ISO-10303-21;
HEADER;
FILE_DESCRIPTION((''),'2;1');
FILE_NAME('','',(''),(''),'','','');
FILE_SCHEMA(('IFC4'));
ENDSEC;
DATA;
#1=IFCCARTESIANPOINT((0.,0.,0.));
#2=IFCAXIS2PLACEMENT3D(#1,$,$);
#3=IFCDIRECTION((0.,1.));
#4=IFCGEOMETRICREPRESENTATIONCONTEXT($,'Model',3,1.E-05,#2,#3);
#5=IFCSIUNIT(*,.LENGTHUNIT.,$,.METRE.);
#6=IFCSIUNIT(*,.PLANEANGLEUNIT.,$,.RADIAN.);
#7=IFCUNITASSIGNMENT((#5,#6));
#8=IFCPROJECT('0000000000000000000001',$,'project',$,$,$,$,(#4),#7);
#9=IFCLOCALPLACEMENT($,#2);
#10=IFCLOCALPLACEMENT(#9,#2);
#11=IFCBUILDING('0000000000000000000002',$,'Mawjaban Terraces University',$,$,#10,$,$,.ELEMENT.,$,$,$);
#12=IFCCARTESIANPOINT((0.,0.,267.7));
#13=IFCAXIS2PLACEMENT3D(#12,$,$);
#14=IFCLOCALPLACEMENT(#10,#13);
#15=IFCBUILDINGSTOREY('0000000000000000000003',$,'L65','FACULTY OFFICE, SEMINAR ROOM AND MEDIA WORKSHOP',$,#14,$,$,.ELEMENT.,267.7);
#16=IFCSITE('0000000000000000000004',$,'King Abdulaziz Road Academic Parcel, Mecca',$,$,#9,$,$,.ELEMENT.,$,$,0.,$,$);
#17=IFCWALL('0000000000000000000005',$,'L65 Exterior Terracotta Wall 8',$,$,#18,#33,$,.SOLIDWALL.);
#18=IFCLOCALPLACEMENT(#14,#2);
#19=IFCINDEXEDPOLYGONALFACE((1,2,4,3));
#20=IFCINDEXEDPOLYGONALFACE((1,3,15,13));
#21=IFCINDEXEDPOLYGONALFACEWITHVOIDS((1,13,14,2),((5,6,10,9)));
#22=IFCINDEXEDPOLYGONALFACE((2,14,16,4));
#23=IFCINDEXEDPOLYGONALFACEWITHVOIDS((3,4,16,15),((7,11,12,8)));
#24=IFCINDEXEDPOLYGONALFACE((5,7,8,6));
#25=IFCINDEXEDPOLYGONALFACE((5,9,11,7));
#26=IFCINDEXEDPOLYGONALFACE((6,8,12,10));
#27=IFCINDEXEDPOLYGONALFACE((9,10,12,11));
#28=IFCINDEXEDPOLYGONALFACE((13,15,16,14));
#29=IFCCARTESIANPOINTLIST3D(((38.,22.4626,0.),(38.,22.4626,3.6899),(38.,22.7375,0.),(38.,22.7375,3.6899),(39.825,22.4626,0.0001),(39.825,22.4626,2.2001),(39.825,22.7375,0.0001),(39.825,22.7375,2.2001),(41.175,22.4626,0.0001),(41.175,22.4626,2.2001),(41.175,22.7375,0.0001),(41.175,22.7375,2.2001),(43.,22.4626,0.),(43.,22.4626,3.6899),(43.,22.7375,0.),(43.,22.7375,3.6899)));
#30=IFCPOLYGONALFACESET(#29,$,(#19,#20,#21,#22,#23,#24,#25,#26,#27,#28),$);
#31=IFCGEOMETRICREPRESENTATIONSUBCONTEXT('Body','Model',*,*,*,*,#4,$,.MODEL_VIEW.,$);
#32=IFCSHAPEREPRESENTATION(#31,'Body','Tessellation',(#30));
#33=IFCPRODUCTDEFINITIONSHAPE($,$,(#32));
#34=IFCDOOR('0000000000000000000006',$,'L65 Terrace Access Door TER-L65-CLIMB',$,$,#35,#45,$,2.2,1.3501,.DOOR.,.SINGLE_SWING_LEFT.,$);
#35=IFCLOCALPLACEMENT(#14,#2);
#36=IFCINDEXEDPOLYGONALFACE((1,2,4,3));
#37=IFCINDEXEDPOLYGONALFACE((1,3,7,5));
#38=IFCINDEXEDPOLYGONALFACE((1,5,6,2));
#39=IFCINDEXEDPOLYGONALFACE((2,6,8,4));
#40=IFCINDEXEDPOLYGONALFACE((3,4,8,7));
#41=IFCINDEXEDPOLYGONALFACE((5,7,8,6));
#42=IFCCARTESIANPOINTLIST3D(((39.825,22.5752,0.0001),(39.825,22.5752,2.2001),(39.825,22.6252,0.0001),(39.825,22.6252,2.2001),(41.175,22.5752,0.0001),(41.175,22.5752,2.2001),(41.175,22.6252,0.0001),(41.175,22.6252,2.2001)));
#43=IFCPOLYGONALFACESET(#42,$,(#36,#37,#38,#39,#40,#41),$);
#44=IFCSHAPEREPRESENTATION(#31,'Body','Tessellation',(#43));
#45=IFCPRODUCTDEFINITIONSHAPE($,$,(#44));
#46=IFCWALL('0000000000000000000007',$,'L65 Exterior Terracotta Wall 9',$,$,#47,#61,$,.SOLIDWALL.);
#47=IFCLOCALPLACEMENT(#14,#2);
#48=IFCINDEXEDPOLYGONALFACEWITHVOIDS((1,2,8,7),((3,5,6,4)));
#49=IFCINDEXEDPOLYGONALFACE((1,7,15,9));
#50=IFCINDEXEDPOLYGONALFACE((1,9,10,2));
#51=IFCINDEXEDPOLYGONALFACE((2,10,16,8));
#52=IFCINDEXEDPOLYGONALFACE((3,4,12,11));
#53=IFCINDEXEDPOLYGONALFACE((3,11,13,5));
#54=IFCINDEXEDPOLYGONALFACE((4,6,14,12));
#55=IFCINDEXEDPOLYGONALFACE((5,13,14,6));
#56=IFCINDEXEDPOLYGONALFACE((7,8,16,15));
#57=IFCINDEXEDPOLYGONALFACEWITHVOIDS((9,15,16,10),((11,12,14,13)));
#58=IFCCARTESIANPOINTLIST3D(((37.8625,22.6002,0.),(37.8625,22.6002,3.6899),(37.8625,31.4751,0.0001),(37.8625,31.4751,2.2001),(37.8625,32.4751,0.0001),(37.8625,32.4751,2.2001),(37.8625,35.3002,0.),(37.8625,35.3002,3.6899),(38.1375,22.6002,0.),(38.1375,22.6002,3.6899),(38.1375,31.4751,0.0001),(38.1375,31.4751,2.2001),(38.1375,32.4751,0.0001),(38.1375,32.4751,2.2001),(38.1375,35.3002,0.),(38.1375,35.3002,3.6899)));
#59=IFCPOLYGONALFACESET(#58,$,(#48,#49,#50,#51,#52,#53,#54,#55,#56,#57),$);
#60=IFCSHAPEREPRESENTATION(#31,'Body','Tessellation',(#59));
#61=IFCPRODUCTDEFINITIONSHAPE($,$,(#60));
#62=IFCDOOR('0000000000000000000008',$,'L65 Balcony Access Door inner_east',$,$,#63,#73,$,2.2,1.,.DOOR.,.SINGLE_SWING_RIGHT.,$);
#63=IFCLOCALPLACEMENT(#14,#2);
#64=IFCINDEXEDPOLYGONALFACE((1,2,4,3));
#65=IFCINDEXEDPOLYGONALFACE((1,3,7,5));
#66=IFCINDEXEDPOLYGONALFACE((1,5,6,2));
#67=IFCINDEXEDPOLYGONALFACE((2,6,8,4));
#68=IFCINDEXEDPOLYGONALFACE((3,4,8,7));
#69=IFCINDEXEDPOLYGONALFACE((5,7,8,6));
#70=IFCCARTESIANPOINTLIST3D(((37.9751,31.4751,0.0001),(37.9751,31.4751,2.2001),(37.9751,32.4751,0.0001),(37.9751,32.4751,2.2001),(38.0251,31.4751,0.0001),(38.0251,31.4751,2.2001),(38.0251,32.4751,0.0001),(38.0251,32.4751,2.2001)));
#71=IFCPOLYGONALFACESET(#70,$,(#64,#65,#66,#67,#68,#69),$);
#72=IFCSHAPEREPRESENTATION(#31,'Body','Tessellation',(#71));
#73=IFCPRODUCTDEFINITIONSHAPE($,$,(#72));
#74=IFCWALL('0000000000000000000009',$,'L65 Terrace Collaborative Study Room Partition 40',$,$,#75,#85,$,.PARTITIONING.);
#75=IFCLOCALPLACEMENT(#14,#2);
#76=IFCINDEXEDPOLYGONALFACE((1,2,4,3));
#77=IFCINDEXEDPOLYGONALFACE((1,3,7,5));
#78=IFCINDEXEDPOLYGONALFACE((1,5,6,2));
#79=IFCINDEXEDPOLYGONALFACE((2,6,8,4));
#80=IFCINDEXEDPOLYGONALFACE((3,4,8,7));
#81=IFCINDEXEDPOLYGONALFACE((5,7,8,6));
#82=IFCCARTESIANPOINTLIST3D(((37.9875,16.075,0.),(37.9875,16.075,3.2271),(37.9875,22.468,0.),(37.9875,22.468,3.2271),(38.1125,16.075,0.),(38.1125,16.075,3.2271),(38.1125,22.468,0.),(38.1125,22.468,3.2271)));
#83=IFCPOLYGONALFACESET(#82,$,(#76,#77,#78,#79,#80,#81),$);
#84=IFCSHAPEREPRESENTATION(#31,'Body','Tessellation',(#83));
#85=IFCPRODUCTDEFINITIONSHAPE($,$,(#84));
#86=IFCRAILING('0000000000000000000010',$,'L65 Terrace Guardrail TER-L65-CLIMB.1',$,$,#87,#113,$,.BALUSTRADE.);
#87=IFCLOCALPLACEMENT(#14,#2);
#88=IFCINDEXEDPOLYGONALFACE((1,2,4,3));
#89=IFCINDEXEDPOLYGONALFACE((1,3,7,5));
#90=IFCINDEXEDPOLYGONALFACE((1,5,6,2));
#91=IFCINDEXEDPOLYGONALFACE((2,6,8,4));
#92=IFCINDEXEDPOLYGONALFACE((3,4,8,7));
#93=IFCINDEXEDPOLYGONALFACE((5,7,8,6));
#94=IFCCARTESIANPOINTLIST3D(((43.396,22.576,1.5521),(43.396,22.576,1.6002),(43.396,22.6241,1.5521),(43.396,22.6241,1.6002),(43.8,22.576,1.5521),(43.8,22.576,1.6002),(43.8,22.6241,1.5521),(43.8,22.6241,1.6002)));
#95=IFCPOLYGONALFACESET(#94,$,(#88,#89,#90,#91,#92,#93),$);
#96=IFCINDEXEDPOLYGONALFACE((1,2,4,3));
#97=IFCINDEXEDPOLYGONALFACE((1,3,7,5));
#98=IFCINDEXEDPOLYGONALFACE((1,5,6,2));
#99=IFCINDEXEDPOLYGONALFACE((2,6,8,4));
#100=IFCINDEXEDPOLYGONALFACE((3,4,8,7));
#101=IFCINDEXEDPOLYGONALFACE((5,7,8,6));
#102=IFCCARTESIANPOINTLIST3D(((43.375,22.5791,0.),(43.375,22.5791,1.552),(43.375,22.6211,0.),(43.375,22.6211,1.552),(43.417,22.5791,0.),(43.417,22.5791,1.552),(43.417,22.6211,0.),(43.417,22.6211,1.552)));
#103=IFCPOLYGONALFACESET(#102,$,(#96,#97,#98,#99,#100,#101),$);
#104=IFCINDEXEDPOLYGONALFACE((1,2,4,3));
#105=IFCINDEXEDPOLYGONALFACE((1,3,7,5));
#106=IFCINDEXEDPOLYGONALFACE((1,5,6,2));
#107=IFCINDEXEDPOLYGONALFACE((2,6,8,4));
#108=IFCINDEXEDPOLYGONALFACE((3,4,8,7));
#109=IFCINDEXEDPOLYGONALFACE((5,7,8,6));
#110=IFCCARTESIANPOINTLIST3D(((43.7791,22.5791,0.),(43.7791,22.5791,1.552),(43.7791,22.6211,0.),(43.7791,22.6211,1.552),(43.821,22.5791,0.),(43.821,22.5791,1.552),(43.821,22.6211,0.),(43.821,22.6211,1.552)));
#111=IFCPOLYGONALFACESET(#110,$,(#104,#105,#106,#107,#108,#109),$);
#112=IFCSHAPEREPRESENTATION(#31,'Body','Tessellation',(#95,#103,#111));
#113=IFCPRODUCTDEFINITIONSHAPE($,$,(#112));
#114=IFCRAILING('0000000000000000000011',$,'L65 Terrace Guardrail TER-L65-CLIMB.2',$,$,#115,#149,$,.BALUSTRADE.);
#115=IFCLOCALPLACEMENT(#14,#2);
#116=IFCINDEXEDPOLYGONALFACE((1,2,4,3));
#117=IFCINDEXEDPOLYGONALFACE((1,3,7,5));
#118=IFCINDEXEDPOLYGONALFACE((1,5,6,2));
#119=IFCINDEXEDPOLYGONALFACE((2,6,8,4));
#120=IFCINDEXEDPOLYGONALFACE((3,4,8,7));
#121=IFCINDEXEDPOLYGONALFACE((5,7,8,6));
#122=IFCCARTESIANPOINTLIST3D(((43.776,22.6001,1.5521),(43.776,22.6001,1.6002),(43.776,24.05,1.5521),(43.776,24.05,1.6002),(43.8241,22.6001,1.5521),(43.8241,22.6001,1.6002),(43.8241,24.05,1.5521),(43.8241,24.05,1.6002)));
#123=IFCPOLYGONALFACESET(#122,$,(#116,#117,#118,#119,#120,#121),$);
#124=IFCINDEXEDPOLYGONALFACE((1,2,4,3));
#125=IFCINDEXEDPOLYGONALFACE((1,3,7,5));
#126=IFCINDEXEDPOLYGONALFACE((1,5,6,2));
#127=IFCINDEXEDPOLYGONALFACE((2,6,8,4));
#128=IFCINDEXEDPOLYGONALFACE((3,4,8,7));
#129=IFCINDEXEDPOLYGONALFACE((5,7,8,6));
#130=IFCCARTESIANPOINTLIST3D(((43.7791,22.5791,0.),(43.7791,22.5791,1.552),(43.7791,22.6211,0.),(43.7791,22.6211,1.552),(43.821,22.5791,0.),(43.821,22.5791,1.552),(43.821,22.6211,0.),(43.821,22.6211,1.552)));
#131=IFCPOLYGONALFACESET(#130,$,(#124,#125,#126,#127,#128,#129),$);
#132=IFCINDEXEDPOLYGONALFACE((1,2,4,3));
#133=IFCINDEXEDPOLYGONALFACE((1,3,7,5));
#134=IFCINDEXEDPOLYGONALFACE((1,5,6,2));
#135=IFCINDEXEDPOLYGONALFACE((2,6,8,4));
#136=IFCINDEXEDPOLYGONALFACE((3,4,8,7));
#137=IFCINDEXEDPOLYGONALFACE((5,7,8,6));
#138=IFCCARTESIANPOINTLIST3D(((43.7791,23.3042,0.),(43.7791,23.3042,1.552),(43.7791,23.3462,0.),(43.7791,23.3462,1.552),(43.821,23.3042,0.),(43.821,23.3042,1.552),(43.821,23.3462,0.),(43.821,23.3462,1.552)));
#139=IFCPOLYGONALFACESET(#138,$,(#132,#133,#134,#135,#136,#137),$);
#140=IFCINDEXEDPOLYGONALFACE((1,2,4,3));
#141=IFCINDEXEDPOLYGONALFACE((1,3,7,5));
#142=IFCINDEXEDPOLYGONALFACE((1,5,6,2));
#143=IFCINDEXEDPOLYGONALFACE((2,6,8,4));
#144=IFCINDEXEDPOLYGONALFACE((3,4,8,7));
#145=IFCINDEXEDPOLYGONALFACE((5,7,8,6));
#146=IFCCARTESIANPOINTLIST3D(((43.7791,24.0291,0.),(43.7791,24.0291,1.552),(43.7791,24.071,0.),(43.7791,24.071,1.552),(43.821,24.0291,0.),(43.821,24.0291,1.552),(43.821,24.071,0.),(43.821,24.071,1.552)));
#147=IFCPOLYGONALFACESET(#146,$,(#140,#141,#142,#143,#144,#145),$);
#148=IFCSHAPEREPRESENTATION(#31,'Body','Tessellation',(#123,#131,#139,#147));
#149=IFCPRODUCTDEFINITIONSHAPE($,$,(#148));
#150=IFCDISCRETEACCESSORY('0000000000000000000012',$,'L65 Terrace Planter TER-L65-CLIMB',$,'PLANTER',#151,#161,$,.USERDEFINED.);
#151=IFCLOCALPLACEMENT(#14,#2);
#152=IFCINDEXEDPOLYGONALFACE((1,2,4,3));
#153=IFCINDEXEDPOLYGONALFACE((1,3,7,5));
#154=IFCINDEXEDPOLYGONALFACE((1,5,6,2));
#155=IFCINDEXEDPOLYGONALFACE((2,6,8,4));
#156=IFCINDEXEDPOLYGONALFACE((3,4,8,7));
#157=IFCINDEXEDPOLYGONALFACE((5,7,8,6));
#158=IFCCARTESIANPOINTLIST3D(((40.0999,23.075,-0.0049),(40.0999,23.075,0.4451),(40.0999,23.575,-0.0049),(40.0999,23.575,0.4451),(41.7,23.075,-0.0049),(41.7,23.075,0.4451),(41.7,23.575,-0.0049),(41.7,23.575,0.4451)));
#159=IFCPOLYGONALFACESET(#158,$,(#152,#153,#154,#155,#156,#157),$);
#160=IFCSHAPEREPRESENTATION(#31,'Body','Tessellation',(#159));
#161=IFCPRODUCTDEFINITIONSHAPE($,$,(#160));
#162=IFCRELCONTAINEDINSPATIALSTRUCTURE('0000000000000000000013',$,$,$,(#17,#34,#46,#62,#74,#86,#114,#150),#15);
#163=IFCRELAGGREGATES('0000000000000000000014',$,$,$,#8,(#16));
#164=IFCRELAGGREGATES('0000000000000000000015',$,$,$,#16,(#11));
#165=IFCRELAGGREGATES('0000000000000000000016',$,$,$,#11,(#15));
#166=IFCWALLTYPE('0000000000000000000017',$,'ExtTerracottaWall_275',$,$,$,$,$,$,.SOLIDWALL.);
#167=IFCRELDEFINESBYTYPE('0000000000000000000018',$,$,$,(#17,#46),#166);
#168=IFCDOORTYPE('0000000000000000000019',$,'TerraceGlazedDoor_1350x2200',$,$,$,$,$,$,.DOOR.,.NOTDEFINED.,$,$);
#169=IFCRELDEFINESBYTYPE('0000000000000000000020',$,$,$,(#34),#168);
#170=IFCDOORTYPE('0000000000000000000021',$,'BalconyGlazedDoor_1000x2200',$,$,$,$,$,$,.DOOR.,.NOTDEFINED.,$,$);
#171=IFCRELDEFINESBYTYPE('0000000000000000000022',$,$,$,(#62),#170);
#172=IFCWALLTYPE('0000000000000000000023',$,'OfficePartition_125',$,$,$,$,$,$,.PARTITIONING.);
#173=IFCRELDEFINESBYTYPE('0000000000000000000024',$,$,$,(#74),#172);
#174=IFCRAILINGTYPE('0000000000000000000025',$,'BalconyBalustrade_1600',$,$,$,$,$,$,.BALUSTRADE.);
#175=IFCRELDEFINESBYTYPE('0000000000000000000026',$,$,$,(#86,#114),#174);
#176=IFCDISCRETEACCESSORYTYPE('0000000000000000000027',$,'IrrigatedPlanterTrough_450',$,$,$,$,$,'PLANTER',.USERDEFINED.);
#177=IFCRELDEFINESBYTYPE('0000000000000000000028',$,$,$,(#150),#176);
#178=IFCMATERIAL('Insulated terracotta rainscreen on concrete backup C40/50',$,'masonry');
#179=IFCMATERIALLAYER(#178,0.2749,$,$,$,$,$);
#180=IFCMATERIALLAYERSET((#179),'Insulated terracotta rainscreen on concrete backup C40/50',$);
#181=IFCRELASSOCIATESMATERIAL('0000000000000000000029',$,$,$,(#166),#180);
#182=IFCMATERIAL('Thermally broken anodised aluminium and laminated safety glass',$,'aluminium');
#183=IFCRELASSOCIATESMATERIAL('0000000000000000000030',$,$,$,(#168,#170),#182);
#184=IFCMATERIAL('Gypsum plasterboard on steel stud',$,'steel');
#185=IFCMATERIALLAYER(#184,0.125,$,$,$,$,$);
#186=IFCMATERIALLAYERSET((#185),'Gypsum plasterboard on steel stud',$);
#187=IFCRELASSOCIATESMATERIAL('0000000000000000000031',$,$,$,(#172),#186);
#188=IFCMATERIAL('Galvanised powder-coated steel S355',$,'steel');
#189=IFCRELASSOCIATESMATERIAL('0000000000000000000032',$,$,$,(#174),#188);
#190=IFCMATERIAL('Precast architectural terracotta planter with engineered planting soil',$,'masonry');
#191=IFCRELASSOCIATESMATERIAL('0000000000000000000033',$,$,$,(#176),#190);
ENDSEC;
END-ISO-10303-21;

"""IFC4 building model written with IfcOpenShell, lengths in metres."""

from ifc_helpers import new_model, si_unit, direction, frame, frame_2d, origin, origin_2d, place, context, subcontext, project, spatial, rectangle, extrude, material, layer, layer_set, type_object, element, fill, save


model = new_model("IFC4")

# Units and contexts
model_context = context("Model", 3, precision=1e-05, world=origin(), true_north=direction((0.0, 1.0)))
body_context = subcontext(model_context, "Body", "Model", "MODEL_VIEW")
ifc_project = project(units=[si_unit("LENGTHUNIT", "METRE"), si_unit("PLANEANGLEUNIT", "RADIAN")], contexts=[model_context])

# Site, building, storey
site_placement = place(None, origin())
site = spatial("IfcSite", under=ifc_project, at=site_placement, Name="King Abdulaziz Road Academic Parcel, Mecca", CompositionType="ELEMENT", RefElevation=0.0)
building_placement = place(site_placement, origin())
building = spatial("IfcBuilding", under=site, at=building_placement, Name="Mawjaban Terraces University", CompositionType="ELEMENT")
storey_placement = place(building_placement, frame((0.0, 0.0, 267.7)))
storey = spatial("IfcBuildingStorey", under=building, at=storey_placement, Name="L65", Description="FACULTY OFFICE, SEMINAR ROOM AND MEDIA WORKSHOP", CompositionType="ELEMENT", Elevation=267.7)

# Shared definitions
ifc_material_1 = material(Name="Insulated terracotta rainscreen on concrete backup C40/50", Category="masonry")
ifc_layer_1 = layer(ifc_material_1, 0.2749)
ifc_layer_set_1 = layer_set([ifc_layer_1], Name="Insulated terracotta rainscreen on concrete backup C40/50")
wall_type_1 = type_object("IfcWallType", Name="ExtTerracottaWall_275", PredefinedType="SOLIDWALL", material=ifc_layer_set_1)

# Walls, openings, doors
wall_1_placement = place(storey_placement, frame((43.0, 22.6001, 0.0), z_axis=(0.0, 0.0, 1.0), x_axis=(-1.0, 0.0, 0.0)))
wall_1 = element("IfcWall", 1, at=wall_1_placement, inside=storey, type_object=wall_type_1, Name="L65 Exterior Terracotta Wall 8", PredefinedType="SOLIDWALL", context=body_context, shape_type="SweptSolid", body=[
    extrude(rectangle(XDim=5.0, YDim=0.2749, at=frame_2d((2.5, 0.0))), origin(), (0.0, 0.0, 1.0), 3.6899),
])
opening_1_placement = place(wall_1_placement, frame((1.825, 0.0, 0.0)))
opening_1 = element("IfcOpeningElement", 2, at=opening_1_placement, cuts=wall_1, PredefinedType="OPENING", context=body_context, shape_type="SweptSolid", body=[
    extrude(rectangle(XDim=1.3501, YDim=2.2, at=frame_2d((0.675, 1.1001))), frame((0.0, 0.1475, 0.0), z_axis=(0.0, -1.0, 0.0), x_axis=(1.0, 0.0, 0.0)), (0.0, 0.0, 1.0), 0.2949),
])
ifc_material_2 = material(Name="Thermally broken anodised aluminium and laminated safety glass", Category="aluminium")
door_type_1 = type_object("IfcDoorType", Name="TerraceGlazedDoor_1350x2200", OperationType="NOTDEFINED", PredefinedType="DOOR", material=ifc_material_2)
door_1_placement = place(opening_1_placement, origin())
door_1 = element("IfcDoor", 3, at=door_1_placement, inside=storey, type_object=door_type_1, Name="L65 Terrace Access Door TER-L65-CLIMB", OperationType="SINGLE_SWING_LEFT", OverallHeight=2.2, OverallWidth=1.3501, PredefinedType="DOOR", context=body_context, shape_type="SweptSolid", body=[
    extrude(rectangle(XDim=1.3501, YDim=2.2, at=frame_2d((0.675, 1.1001))), frame((0.0, 0.0249, 0.0), z_axis=(0.0, -1.0, 0.0), x_axis=(1.0, 0.0, 0.0)), (0.0, 0.0, 1.0), 0.05),
])
fill(opening_1, door_1)
wall_2_placement = place(storey_placement, frame((38.0, 22.6001, 0.0), z_axis=(0.0, 0.0, 1.0), x_axis=(0.0, 1.0, 0.0)))
wall_2 = element("IfcWall", 4, at=wall_2_placement, inside=storey, type_object=wall_type_1, Name="L65 Exterior Terracotta Wall 9", PredefinedType="SOLIDWALL", context=body_context, shape_type="SweptSolid", body=[
    extrude(rectangle(XDim=12.7, YDim=0.2749, at=frame_2d((6.3501, 0.0))), origin(), (0.0, 0.0, 1.0), 3.6899),
])
opening_2_placement = place(wall_2_placement, frame((8.875, 0.0, 0.0)))
opening_2 = element("IfcOpeningElement", 5, at=opening_2_placement, cuts=wall_2, PredefinedType="OPENING", context=body_context, shape_type="SweptSolid", body=[
    extrude(rectangle(XDim=1.0, YDim=2.2, at=frame_2d((0.5, 1.1001))), frame((0.0, 0.1475, 0.0), z_axis=(0.0, -1.0, 0.0), x_axis=(1.0, 0.0, 0.0)), (0.0, 0.0, 1.0), 0.2949),
])
door_type_2 = type_object("IfcDoorType", Name="BalconyGlazedDoor_1000x2200", OperationType="NOTDEFINED", PredefinedType="DOOR", material=ifc_material_2)
door_2_placement = place(opening_2_placement, origin())
door_2 = element("IfcDoor", 6, at=door_2_placement, inside=storey, type_object=door_type_2, Name="L65 Balcony Access Door inner_east", OperationType="SINGLE_SWING_RIGHT", OverallHeight=2.2, OverallWidth=1.0, PredefinedType="DOOR", context=body_context, shape_type="SweptSolid", body=[
    extrude(rectangle(XDim=1.0, YDim=2.2, at=frame_2d((0.5, 1.1001))), frame((0.0, 0.0249, 0.0), z_axis=(0.0, -1.0, 0.0), x_axis=(1.0, 0.0, 0.0)), (0.0, 0.0, 1.0), 0.05),
])
fill(opening_2, door_2)

# Wall
ifc_material_3 = material(Name="Gypsum plasterboard on steel stud", Category="steel")
ifc_layer_2 = layer(ifc_material_3, 0.125)
ifc_layer_set_2 = layer_set([ifc_layer_2], Name="Gypsum plasterboard on steel stud")
wall_type_2 = type_object("IfcWallType", Name="OfficePartition_125", PredefinedType="PARTITIONING", material=ifc_layer_set_2)
wall_3_placement = place(storey_placement, frame((38.05, 22.468, 0.0), z_axis=(0.0, 0.0, 1.0), x_axis=(0.0, -1.0, 0.0)))
element("IfcWall", 7, at=wall_3_placement, inside=storey, type_object=wall_type_2, Name="L65 Terrace Collaborative Study Room Partition 40", PredefinedType="PARTITIONING", context=body_context, shape_type="SweptSolid", body=[
    extrude(rectangle(XDim=6.3931, YDim=0.125, at=frame_2d((3.1965, 0.0))), origin(), (0.0, 0.0, 1.0), 3.2271),
])

# Railings
ifc_material_4 = material(Name="Galvanised powder-coated steel S355", Category="steel")
railing_type = type_object("IfcRailingType", Name="BalconyBalustrade_1600", PredefinedType="BALUSTRADE", material=ifc_material_4)
railing_1_placement = place(storey_placement, frame((43.396, 22.6001, 0.0)))
element("IfcRailing", 8, at=railing_1_placement, inside=storey, type_object=railing_type, Name="L65 Terrace Guardrail TER-L65-CLIMB.1", PredefinedType="BALUSTRADE", context=body_context, shape_type="SweptSolid", body=[
    extrude(rectangle(XDim=0.0481, YDim=0.0481, at=origin_2d()), frame((0.0, 0.0, 1.5762), z_axis=(1.0, 0.0, 0.0), x_axis=(0.0, 1.0, 0.0)), (0.0, 0.0, 1.0), 0.4041),
    extrude(rectangle(XDim=0.042, YDim=0.042, at=origin_2d()), origin(), (0.0, 0.0, 1.0), 1.552),
    extrude(rectangle(XDim=0.042, YDim=0.042, at=origin_2d()), frame((0.4041, 0.0, 0.0)), (0.0, 0.0, 1.0), 1.552),
])
railing_2_placement = place(storey_placement, frame((43.8, 22.6001, 0.0)))
element("IfcRailing", 9, at=railing_2_placement, inside=storey, type_object=railing_type, Name="L65 Terrace Guardrail TER-L65-CLIMB.2", PredefinedType="BALUSTRADE", context=body_context, shape_type="SweptSolid", body=[
    extrude(rectangle(XDim=0.0481, YDim=0.0481, at=origin_2d()), frame((0.0, 0.0, 1.5762), z_axis=(0.0, 1.0, 0.0), x_axis=(-1.0, 0.0, 0.0)), (0.0, 0.0, 1.0), 1.45),
    extrude(rectangle(XDim=0.042, YDim=0.042, at=origin_2d()), origin(), (0.0, 0.0, 1.0), 1.552),
    extrude(rectangle(XDim=0.042, YDim=0.042, at=origin_2d()), frame((0.0, 0.7251, 0.0)), (0.0, 0.0, 1.0), 1.552),
    extrude(rectangle(XDim=0.042, YDim=0.042, at=origin_2d()), frame((0.0, 1.45, 0.0)), (0.0, 0.0, 1.0), 1.552),
])

# Discrete accessory
ifc_material_5 = material(Name="Precast architectural terracotta planter with engineered planting soil", Category="masonry")
discrete_accessory_type = type_object("IfcDiscreteAccessoryType", Name="IrrigatedPlanterTrough_450", ElementType="PLANTER", PredefinedType="USERDEFINED", material=ifc_material_5)
discrete_accessory_placement = place(storey_placement, frame((40.8999, 23.325, -0.0049), z_axis=(0.0, 0.0, 1.0), x_axis=(1.0, 0.0, 0.0)))
element("IfcDiscreteAccessory", 10, at=discrete_accessory_placement, inside=storey, type_object=discrete_accessory_type, Name="L65 Terrace Planter TER-L65-CLIMB", ObjectType="PLANTER", PredefinedType="USERDEFINED", context=body_context, shape_type="SweptSolid", body=[
    extrude(rectangle(XDim=1.6001, YDim=0.5, at=origin_2d()), origin(), (0.0, 0.0, 1.0), 0.45),
])

save(model, "model.ifc")
